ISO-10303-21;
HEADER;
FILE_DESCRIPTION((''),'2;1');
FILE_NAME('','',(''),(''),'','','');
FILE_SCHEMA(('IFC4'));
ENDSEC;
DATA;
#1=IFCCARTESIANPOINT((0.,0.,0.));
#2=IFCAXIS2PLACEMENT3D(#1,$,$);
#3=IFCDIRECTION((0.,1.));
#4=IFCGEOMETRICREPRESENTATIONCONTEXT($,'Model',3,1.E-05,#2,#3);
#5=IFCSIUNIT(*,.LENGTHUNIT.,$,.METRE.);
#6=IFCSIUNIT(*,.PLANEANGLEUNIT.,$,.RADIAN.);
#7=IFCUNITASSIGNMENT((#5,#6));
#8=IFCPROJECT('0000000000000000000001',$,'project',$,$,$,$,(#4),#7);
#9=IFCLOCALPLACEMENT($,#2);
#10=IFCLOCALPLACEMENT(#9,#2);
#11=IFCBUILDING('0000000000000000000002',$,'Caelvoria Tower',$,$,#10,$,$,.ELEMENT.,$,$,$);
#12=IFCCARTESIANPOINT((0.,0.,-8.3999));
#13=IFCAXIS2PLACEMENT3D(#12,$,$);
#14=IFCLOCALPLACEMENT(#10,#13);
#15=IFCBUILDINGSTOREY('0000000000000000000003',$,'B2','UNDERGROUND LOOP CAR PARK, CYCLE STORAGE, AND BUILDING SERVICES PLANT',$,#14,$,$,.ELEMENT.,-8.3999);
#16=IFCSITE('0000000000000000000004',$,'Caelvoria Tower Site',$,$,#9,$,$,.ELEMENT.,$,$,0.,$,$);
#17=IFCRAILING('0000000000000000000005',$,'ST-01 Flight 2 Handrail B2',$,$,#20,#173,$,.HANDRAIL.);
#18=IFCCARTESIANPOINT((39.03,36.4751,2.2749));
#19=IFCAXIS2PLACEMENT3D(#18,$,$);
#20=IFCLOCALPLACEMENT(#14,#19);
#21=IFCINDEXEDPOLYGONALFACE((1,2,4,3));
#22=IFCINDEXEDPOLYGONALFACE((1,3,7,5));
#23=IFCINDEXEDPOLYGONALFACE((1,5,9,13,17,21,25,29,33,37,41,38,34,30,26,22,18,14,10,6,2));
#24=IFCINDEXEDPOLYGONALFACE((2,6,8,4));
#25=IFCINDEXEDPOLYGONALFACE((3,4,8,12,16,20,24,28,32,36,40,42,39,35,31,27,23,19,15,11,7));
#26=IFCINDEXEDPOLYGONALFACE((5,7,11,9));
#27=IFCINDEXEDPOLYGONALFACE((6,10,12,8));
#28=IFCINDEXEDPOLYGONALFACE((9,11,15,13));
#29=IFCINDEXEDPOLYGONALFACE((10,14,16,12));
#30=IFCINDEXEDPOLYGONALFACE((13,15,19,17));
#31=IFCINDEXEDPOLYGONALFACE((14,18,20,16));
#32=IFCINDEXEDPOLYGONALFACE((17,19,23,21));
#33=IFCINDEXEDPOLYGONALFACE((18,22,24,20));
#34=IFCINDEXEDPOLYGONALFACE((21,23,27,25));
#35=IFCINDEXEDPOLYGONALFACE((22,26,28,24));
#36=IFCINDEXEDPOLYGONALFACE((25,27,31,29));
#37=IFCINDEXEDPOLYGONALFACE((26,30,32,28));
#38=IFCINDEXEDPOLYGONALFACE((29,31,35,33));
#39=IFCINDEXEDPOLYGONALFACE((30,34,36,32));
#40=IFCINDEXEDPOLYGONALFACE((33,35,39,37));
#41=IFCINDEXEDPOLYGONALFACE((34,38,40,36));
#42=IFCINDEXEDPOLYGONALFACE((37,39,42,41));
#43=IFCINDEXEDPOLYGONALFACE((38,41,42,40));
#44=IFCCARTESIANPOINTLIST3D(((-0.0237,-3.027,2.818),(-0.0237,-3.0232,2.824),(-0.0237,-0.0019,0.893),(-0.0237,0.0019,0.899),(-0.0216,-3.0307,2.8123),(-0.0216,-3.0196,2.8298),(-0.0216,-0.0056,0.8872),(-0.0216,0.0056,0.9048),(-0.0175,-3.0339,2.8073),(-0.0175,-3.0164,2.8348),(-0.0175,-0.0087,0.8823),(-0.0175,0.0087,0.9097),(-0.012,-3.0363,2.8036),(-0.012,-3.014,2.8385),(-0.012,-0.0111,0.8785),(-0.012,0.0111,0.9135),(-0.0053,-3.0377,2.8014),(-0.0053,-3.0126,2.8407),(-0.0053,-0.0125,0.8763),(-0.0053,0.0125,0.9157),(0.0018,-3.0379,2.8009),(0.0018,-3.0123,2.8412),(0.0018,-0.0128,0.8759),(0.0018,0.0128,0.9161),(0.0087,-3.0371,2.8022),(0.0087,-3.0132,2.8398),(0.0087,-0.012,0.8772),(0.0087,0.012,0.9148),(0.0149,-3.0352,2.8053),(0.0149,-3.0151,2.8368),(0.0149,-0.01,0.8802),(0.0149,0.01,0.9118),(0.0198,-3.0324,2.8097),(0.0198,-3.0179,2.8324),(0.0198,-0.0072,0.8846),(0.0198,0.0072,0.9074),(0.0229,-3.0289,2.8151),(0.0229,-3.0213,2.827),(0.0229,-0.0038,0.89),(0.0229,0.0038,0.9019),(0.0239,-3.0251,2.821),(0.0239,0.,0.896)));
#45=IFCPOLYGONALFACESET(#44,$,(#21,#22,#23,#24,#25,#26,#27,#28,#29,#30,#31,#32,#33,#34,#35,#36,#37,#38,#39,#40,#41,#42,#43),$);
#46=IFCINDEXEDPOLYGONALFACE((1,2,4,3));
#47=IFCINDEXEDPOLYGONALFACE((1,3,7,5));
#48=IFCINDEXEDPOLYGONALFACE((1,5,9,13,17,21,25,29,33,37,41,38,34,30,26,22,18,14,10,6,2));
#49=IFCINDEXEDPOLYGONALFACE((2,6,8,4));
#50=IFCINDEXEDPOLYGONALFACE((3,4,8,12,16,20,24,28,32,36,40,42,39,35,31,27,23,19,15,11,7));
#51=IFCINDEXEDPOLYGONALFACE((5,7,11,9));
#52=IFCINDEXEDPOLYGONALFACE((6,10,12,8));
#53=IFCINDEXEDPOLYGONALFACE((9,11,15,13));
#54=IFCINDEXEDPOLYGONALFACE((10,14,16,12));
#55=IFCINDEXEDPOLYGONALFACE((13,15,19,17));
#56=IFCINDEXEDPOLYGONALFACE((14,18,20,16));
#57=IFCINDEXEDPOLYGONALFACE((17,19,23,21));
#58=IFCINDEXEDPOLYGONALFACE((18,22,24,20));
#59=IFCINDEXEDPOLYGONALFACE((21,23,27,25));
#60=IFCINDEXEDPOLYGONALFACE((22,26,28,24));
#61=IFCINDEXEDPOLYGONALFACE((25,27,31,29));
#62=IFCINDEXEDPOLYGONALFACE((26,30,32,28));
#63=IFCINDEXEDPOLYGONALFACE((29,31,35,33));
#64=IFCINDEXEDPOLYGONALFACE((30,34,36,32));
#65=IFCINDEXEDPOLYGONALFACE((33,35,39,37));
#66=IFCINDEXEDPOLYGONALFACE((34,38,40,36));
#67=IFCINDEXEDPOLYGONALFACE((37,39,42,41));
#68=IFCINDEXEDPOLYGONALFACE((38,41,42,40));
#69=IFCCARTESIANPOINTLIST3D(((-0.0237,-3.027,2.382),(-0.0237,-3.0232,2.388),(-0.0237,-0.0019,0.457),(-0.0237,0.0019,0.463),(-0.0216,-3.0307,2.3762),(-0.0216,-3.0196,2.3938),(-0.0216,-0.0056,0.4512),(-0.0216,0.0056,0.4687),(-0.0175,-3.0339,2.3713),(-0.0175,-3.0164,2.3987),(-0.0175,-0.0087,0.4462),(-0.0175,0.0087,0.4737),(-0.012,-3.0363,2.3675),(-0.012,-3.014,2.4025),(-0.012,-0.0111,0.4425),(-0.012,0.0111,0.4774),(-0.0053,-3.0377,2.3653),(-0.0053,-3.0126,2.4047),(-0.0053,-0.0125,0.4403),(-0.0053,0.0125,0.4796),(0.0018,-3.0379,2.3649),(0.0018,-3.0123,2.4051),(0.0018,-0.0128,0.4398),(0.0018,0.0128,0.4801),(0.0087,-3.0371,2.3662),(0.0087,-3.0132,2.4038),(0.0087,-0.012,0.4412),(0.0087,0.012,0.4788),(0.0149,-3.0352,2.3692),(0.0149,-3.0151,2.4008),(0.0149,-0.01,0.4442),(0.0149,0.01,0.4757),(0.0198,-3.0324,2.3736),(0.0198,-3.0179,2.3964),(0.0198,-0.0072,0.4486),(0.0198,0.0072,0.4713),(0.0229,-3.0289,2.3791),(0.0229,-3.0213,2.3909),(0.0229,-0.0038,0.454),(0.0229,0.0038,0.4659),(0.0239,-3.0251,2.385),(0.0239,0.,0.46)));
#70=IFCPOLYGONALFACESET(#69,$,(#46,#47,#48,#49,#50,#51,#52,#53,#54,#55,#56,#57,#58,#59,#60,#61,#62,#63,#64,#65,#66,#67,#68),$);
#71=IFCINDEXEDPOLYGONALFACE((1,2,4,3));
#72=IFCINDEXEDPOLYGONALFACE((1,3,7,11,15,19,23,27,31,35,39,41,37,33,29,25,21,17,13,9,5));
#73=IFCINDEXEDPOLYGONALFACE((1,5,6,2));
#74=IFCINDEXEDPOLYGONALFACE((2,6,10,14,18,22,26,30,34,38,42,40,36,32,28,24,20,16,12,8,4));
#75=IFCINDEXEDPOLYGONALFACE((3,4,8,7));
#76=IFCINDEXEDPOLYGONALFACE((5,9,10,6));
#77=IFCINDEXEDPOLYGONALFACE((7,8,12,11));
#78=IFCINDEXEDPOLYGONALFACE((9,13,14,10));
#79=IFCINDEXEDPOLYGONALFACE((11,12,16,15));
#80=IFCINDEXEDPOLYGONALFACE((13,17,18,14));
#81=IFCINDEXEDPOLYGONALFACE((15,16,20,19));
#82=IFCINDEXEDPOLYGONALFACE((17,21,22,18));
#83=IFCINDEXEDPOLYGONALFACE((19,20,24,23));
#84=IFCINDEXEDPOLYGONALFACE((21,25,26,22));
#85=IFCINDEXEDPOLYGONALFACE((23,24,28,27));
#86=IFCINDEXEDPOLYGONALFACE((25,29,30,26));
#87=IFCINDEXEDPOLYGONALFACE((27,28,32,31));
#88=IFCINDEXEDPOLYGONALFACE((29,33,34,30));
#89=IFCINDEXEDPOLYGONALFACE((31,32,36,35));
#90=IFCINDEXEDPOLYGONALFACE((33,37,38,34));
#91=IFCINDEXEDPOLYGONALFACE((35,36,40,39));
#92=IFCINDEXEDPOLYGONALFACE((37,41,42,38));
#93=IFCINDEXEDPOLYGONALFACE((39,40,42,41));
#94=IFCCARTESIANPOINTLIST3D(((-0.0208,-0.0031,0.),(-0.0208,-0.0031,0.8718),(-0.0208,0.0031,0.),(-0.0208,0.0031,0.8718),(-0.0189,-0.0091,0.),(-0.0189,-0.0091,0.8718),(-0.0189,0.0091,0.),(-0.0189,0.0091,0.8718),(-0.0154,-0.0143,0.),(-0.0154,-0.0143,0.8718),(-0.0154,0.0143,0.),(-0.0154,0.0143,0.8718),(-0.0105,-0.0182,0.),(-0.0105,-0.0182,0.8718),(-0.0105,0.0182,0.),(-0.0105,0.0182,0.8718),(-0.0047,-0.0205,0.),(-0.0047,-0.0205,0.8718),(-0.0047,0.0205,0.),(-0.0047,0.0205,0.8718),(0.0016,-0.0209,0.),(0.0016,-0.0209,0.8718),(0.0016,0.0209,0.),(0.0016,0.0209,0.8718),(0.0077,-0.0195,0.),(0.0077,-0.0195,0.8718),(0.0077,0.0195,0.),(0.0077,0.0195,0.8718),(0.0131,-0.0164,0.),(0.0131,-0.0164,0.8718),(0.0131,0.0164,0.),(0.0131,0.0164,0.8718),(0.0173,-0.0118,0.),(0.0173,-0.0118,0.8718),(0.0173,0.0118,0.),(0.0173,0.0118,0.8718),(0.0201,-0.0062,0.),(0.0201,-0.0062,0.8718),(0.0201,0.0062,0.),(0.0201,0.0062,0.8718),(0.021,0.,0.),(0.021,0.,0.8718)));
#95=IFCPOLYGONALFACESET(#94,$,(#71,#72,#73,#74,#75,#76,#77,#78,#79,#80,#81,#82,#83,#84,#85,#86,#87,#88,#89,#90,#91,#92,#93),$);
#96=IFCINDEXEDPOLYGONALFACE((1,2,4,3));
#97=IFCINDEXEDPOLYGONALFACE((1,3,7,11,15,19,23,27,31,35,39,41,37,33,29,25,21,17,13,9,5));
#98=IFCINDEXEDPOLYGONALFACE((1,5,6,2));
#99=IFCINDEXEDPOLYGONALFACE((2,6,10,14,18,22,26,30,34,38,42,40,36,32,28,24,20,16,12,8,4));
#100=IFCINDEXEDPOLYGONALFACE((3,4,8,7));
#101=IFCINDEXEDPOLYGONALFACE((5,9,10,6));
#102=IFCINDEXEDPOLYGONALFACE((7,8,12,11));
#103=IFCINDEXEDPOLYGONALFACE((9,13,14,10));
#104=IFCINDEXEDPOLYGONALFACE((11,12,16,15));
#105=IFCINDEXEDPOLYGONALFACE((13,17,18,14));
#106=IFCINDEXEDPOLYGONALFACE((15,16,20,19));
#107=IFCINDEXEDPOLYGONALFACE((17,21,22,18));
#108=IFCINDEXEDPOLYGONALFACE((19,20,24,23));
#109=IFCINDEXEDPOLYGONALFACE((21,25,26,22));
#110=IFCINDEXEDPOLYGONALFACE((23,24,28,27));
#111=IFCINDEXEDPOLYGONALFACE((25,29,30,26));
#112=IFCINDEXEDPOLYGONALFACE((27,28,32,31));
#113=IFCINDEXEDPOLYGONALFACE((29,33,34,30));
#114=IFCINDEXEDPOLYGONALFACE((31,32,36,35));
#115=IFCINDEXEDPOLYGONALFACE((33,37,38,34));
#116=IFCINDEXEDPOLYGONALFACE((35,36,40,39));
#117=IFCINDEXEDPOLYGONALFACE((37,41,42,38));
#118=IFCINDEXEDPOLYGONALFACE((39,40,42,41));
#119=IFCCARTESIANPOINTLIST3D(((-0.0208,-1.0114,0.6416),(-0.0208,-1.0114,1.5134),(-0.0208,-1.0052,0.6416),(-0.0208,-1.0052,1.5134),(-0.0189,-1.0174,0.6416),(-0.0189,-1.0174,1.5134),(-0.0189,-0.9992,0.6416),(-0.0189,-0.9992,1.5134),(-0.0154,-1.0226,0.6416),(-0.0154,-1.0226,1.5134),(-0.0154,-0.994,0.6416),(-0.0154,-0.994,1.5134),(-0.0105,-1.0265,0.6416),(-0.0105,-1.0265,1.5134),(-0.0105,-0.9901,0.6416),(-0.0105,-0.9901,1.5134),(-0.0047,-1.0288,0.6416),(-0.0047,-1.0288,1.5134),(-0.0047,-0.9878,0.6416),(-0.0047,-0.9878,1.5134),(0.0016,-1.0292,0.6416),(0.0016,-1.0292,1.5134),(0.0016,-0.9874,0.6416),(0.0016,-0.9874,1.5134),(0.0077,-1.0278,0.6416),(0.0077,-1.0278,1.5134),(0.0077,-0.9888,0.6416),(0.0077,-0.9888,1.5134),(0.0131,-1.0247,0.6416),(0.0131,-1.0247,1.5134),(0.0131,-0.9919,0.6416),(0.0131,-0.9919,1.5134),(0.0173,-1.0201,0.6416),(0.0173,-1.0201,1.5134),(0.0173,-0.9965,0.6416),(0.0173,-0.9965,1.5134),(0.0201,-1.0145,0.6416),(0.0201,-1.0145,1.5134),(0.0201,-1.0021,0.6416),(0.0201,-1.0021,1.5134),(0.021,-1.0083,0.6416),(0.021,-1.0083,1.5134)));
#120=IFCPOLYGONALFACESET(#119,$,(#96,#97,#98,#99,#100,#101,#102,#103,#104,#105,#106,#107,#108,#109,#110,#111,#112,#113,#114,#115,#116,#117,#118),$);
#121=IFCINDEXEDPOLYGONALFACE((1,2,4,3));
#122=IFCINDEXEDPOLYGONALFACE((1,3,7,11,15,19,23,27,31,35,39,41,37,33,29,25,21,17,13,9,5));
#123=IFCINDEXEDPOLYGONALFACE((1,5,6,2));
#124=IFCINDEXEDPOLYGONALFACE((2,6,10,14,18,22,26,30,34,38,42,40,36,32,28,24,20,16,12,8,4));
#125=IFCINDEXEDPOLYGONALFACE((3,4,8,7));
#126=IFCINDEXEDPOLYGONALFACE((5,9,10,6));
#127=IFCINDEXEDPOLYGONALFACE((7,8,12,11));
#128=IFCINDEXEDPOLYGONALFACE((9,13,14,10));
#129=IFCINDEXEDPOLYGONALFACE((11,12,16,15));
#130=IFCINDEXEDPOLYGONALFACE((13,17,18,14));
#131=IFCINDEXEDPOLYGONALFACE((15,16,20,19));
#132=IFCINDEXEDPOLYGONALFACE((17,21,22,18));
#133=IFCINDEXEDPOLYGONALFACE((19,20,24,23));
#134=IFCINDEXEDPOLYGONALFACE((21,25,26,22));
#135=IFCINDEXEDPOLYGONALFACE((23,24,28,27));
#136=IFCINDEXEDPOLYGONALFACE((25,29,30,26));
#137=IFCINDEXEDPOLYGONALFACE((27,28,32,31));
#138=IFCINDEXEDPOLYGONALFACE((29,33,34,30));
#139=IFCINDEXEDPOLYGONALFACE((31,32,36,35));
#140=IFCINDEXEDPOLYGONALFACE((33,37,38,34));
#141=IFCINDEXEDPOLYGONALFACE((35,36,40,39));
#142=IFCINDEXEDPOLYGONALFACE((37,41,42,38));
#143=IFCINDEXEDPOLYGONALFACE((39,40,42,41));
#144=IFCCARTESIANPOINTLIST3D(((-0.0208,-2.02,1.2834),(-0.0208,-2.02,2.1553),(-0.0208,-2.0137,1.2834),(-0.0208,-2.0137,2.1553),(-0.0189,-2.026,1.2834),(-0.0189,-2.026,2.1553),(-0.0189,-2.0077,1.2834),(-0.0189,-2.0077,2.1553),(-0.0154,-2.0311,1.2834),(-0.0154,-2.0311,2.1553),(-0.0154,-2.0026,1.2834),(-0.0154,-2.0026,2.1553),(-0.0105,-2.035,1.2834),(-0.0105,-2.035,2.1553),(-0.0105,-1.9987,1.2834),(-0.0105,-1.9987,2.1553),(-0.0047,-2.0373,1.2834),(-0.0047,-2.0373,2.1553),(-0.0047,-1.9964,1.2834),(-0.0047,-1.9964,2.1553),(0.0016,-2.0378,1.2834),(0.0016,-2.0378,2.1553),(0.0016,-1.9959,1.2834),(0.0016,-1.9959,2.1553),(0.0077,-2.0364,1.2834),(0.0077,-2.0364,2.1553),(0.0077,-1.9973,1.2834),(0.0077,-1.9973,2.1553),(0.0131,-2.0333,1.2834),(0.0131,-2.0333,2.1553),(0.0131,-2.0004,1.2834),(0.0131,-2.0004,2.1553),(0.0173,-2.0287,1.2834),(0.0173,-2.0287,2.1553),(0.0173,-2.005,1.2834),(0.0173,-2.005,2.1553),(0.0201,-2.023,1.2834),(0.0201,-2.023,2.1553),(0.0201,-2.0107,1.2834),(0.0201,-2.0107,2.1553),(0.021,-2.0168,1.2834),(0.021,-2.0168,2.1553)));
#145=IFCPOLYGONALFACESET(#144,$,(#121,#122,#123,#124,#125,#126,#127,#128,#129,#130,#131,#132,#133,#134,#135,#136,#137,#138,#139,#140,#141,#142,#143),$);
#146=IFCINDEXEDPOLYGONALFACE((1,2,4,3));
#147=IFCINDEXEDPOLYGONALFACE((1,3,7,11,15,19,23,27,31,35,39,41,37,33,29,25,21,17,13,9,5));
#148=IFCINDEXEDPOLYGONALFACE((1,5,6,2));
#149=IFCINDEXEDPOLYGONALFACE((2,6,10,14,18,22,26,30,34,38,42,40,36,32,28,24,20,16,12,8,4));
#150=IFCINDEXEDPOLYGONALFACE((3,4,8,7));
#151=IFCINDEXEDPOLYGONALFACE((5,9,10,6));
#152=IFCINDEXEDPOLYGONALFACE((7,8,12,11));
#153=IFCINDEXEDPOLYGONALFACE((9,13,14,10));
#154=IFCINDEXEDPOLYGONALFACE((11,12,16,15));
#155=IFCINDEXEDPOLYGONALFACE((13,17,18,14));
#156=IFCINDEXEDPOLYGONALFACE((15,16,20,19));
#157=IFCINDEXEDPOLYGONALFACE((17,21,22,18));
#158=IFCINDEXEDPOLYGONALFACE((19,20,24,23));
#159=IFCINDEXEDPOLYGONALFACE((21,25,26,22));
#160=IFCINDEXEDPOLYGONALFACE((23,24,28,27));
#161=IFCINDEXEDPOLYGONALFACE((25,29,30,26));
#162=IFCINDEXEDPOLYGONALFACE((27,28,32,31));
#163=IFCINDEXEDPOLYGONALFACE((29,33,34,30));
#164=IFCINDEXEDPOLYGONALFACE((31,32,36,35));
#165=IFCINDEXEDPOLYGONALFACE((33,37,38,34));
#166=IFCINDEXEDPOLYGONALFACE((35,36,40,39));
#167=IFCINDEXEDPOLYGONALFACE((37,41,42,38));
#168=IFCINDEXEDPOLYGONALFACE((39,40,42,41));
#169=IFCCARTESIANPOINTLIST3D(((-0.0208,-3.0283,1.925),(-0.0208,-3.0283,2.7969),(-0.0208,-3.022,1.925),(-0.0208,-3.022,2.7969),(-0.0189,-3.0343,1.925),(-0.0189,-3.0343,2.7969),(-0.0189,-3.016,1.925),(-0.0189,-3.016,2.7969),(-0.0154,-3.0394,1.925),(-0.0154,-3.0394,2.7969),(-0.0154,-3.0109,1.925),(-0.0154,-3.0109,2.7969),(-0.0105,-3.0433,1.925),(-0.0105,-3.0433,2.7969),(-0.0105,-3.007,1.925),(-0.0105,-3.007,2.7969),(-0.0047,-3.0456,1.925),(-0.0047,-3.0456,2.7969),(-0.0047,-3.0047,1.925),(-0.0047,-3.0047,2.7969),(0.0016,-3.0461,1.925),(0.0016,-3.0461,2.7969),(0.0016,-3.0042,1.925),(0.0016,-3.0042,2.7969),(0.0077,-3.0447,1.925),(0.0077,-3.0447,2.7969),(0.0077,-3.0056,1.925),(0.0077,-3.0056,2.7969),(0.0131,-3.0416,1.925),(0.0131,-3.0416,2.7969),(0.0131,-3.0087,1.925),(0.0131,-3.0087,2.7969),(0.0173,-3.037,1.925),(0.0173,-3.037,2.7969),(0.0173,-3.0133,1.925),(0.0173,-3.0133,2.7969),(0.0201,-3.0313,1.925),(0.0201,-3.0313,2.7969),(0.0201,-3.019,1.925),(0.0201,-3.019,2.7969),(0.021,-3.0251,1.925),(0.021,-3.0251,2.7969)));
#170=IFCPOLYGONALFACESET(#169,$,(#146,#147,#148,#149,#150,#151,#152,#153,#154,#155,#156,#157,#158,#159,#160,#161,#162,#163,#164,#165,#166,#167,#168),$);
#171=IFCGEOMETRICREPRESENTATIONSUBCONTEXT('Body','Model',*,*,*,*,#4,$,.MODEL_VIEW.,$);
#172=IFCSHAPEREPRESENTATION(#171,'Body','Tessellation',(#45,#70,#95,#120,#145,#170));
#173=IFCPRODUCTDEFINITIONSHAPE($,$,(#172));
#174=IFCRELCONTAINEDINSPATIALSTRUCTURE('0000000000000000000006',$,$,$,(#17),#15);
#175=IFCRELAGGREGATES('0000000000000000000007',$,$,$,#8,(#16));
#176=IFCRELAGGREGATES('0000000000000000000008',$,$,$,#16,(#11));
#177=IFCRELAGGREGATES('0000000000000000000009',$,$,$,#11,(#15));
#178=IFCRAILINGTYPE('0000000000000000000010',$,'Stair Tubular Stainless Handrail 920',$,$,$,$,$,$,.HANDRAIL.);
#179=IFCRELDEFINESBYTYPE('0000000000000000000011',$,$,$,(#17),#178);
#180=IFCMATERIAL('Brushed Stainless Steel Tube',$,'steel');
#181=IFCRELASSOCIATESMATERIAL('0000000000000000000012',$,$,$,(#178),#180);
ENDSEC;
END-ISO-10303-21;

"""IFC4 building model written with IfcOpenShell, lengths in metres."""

from ifc_helpers import new_model, si_unit, direction, frame, origin, origin_2d, place, context, subcontext, project, spatial, circle, extrude, material, type_object, element, save


model = new_model("IFC4")

# Units and contexts
model_context = context("Model", 3, precision=1e-05, world=origin(), true_north=direction((0.0, 1.0)))
body_context = subcontext(model_context, "Body", "Model", "MODEL_VIEW")
ifc_project = project(units=[si_unit("LENGTHUNIT", "METRE"), si_unit("PLANEANGLEUNIT", "RADIAN")], contexts=[model_context])

# Site, building, storey
site_placement = place(None, origin())
site = spatial("IfcSite", under=ifc_project, at=site_placement, Name="Caelvoria Tower Site", CompositionType="ELEMENT", RefElevation=0.0)
building_placement = place(site_placement, origin())
building = spatial("IfcBuilding", under=site, at=building_placement, Name="Caelvoria Tower", CompositionType="ELEMENT")
storey_placement = place(building_placement, frame((0.0, 0.0, -8.3999)))
storey = spatial("IfcBuildingStorey", under=building, at=storey_placement, Name="B2", Description="UNDERGROUND LOOP CAR PARK, CYCLE STORAGE, AND BUILDING SERVICES PLANT", CompositionType="ELEMENT", Elevation=-8.3999)

# Railing
ifc_material_1 = material(Name="Brushed Stainless Steel Tube", Category="steel")
railing_type_1 = type_object("IfcRailingType", Name="Stair Tubular Stainless Handrail 920", PredefinedType="HANDRAIL", material=ifc_material_1)
railing_1_placement = place(storey_placement, frame((39.03, 36.4751, 2.2749)))
element("IfcRailing", 1, at=railing_1_placement, inside=storey, type_object=railing_type_1, Name="ST-01 Flight 2 Handrail B2", PredefinedType="HANDRAIL", context=body_context, shape_type="SweptSolid", body=[
    extrude(circle(Radius=0.0239, at=origin_2d()), frame((0.0, 0.0, 0.896), z_axis=(0.0, -0.843667, 0.536867), x_axis=(1.0, 0.0, 0.0)), (0.0, 0.0, 1.0), 3.5857),
    extrude(circle(Radius=0.0239, at=origin_2d()), frame((0.0, 0.0, 0.46), z_axis=(0.0, -0.843667, 0.536867), x_axis=(1.0, 0.0, 0.0)), (0.0, 0.0, 1.0), 3.5857),
    extrude(circle(Radius=0.021, at=origin_2d()), origin(), (0.0, 0.0, 1.0), 0.8718),
    extrude(circle(Radius=0.021, at=origin_2d()), frame((0.0, -1.0083, 0.6416)), (0.0, 0.0, 1.0), 0.8718),
    extrude(circle(Radius=0.021, at=origin_2d()), frame((0.0, -2.0168, 1.2834)), (0.0, 0.0, 1.0), 0.8718),
    extrude(circle(Radius=0.021, at=origin_2d()), frame((0.0, -3.0251, 1.925)), (0.0, 0.0, 1.0), 0.8718),
])

save(model, "model.ifc")
